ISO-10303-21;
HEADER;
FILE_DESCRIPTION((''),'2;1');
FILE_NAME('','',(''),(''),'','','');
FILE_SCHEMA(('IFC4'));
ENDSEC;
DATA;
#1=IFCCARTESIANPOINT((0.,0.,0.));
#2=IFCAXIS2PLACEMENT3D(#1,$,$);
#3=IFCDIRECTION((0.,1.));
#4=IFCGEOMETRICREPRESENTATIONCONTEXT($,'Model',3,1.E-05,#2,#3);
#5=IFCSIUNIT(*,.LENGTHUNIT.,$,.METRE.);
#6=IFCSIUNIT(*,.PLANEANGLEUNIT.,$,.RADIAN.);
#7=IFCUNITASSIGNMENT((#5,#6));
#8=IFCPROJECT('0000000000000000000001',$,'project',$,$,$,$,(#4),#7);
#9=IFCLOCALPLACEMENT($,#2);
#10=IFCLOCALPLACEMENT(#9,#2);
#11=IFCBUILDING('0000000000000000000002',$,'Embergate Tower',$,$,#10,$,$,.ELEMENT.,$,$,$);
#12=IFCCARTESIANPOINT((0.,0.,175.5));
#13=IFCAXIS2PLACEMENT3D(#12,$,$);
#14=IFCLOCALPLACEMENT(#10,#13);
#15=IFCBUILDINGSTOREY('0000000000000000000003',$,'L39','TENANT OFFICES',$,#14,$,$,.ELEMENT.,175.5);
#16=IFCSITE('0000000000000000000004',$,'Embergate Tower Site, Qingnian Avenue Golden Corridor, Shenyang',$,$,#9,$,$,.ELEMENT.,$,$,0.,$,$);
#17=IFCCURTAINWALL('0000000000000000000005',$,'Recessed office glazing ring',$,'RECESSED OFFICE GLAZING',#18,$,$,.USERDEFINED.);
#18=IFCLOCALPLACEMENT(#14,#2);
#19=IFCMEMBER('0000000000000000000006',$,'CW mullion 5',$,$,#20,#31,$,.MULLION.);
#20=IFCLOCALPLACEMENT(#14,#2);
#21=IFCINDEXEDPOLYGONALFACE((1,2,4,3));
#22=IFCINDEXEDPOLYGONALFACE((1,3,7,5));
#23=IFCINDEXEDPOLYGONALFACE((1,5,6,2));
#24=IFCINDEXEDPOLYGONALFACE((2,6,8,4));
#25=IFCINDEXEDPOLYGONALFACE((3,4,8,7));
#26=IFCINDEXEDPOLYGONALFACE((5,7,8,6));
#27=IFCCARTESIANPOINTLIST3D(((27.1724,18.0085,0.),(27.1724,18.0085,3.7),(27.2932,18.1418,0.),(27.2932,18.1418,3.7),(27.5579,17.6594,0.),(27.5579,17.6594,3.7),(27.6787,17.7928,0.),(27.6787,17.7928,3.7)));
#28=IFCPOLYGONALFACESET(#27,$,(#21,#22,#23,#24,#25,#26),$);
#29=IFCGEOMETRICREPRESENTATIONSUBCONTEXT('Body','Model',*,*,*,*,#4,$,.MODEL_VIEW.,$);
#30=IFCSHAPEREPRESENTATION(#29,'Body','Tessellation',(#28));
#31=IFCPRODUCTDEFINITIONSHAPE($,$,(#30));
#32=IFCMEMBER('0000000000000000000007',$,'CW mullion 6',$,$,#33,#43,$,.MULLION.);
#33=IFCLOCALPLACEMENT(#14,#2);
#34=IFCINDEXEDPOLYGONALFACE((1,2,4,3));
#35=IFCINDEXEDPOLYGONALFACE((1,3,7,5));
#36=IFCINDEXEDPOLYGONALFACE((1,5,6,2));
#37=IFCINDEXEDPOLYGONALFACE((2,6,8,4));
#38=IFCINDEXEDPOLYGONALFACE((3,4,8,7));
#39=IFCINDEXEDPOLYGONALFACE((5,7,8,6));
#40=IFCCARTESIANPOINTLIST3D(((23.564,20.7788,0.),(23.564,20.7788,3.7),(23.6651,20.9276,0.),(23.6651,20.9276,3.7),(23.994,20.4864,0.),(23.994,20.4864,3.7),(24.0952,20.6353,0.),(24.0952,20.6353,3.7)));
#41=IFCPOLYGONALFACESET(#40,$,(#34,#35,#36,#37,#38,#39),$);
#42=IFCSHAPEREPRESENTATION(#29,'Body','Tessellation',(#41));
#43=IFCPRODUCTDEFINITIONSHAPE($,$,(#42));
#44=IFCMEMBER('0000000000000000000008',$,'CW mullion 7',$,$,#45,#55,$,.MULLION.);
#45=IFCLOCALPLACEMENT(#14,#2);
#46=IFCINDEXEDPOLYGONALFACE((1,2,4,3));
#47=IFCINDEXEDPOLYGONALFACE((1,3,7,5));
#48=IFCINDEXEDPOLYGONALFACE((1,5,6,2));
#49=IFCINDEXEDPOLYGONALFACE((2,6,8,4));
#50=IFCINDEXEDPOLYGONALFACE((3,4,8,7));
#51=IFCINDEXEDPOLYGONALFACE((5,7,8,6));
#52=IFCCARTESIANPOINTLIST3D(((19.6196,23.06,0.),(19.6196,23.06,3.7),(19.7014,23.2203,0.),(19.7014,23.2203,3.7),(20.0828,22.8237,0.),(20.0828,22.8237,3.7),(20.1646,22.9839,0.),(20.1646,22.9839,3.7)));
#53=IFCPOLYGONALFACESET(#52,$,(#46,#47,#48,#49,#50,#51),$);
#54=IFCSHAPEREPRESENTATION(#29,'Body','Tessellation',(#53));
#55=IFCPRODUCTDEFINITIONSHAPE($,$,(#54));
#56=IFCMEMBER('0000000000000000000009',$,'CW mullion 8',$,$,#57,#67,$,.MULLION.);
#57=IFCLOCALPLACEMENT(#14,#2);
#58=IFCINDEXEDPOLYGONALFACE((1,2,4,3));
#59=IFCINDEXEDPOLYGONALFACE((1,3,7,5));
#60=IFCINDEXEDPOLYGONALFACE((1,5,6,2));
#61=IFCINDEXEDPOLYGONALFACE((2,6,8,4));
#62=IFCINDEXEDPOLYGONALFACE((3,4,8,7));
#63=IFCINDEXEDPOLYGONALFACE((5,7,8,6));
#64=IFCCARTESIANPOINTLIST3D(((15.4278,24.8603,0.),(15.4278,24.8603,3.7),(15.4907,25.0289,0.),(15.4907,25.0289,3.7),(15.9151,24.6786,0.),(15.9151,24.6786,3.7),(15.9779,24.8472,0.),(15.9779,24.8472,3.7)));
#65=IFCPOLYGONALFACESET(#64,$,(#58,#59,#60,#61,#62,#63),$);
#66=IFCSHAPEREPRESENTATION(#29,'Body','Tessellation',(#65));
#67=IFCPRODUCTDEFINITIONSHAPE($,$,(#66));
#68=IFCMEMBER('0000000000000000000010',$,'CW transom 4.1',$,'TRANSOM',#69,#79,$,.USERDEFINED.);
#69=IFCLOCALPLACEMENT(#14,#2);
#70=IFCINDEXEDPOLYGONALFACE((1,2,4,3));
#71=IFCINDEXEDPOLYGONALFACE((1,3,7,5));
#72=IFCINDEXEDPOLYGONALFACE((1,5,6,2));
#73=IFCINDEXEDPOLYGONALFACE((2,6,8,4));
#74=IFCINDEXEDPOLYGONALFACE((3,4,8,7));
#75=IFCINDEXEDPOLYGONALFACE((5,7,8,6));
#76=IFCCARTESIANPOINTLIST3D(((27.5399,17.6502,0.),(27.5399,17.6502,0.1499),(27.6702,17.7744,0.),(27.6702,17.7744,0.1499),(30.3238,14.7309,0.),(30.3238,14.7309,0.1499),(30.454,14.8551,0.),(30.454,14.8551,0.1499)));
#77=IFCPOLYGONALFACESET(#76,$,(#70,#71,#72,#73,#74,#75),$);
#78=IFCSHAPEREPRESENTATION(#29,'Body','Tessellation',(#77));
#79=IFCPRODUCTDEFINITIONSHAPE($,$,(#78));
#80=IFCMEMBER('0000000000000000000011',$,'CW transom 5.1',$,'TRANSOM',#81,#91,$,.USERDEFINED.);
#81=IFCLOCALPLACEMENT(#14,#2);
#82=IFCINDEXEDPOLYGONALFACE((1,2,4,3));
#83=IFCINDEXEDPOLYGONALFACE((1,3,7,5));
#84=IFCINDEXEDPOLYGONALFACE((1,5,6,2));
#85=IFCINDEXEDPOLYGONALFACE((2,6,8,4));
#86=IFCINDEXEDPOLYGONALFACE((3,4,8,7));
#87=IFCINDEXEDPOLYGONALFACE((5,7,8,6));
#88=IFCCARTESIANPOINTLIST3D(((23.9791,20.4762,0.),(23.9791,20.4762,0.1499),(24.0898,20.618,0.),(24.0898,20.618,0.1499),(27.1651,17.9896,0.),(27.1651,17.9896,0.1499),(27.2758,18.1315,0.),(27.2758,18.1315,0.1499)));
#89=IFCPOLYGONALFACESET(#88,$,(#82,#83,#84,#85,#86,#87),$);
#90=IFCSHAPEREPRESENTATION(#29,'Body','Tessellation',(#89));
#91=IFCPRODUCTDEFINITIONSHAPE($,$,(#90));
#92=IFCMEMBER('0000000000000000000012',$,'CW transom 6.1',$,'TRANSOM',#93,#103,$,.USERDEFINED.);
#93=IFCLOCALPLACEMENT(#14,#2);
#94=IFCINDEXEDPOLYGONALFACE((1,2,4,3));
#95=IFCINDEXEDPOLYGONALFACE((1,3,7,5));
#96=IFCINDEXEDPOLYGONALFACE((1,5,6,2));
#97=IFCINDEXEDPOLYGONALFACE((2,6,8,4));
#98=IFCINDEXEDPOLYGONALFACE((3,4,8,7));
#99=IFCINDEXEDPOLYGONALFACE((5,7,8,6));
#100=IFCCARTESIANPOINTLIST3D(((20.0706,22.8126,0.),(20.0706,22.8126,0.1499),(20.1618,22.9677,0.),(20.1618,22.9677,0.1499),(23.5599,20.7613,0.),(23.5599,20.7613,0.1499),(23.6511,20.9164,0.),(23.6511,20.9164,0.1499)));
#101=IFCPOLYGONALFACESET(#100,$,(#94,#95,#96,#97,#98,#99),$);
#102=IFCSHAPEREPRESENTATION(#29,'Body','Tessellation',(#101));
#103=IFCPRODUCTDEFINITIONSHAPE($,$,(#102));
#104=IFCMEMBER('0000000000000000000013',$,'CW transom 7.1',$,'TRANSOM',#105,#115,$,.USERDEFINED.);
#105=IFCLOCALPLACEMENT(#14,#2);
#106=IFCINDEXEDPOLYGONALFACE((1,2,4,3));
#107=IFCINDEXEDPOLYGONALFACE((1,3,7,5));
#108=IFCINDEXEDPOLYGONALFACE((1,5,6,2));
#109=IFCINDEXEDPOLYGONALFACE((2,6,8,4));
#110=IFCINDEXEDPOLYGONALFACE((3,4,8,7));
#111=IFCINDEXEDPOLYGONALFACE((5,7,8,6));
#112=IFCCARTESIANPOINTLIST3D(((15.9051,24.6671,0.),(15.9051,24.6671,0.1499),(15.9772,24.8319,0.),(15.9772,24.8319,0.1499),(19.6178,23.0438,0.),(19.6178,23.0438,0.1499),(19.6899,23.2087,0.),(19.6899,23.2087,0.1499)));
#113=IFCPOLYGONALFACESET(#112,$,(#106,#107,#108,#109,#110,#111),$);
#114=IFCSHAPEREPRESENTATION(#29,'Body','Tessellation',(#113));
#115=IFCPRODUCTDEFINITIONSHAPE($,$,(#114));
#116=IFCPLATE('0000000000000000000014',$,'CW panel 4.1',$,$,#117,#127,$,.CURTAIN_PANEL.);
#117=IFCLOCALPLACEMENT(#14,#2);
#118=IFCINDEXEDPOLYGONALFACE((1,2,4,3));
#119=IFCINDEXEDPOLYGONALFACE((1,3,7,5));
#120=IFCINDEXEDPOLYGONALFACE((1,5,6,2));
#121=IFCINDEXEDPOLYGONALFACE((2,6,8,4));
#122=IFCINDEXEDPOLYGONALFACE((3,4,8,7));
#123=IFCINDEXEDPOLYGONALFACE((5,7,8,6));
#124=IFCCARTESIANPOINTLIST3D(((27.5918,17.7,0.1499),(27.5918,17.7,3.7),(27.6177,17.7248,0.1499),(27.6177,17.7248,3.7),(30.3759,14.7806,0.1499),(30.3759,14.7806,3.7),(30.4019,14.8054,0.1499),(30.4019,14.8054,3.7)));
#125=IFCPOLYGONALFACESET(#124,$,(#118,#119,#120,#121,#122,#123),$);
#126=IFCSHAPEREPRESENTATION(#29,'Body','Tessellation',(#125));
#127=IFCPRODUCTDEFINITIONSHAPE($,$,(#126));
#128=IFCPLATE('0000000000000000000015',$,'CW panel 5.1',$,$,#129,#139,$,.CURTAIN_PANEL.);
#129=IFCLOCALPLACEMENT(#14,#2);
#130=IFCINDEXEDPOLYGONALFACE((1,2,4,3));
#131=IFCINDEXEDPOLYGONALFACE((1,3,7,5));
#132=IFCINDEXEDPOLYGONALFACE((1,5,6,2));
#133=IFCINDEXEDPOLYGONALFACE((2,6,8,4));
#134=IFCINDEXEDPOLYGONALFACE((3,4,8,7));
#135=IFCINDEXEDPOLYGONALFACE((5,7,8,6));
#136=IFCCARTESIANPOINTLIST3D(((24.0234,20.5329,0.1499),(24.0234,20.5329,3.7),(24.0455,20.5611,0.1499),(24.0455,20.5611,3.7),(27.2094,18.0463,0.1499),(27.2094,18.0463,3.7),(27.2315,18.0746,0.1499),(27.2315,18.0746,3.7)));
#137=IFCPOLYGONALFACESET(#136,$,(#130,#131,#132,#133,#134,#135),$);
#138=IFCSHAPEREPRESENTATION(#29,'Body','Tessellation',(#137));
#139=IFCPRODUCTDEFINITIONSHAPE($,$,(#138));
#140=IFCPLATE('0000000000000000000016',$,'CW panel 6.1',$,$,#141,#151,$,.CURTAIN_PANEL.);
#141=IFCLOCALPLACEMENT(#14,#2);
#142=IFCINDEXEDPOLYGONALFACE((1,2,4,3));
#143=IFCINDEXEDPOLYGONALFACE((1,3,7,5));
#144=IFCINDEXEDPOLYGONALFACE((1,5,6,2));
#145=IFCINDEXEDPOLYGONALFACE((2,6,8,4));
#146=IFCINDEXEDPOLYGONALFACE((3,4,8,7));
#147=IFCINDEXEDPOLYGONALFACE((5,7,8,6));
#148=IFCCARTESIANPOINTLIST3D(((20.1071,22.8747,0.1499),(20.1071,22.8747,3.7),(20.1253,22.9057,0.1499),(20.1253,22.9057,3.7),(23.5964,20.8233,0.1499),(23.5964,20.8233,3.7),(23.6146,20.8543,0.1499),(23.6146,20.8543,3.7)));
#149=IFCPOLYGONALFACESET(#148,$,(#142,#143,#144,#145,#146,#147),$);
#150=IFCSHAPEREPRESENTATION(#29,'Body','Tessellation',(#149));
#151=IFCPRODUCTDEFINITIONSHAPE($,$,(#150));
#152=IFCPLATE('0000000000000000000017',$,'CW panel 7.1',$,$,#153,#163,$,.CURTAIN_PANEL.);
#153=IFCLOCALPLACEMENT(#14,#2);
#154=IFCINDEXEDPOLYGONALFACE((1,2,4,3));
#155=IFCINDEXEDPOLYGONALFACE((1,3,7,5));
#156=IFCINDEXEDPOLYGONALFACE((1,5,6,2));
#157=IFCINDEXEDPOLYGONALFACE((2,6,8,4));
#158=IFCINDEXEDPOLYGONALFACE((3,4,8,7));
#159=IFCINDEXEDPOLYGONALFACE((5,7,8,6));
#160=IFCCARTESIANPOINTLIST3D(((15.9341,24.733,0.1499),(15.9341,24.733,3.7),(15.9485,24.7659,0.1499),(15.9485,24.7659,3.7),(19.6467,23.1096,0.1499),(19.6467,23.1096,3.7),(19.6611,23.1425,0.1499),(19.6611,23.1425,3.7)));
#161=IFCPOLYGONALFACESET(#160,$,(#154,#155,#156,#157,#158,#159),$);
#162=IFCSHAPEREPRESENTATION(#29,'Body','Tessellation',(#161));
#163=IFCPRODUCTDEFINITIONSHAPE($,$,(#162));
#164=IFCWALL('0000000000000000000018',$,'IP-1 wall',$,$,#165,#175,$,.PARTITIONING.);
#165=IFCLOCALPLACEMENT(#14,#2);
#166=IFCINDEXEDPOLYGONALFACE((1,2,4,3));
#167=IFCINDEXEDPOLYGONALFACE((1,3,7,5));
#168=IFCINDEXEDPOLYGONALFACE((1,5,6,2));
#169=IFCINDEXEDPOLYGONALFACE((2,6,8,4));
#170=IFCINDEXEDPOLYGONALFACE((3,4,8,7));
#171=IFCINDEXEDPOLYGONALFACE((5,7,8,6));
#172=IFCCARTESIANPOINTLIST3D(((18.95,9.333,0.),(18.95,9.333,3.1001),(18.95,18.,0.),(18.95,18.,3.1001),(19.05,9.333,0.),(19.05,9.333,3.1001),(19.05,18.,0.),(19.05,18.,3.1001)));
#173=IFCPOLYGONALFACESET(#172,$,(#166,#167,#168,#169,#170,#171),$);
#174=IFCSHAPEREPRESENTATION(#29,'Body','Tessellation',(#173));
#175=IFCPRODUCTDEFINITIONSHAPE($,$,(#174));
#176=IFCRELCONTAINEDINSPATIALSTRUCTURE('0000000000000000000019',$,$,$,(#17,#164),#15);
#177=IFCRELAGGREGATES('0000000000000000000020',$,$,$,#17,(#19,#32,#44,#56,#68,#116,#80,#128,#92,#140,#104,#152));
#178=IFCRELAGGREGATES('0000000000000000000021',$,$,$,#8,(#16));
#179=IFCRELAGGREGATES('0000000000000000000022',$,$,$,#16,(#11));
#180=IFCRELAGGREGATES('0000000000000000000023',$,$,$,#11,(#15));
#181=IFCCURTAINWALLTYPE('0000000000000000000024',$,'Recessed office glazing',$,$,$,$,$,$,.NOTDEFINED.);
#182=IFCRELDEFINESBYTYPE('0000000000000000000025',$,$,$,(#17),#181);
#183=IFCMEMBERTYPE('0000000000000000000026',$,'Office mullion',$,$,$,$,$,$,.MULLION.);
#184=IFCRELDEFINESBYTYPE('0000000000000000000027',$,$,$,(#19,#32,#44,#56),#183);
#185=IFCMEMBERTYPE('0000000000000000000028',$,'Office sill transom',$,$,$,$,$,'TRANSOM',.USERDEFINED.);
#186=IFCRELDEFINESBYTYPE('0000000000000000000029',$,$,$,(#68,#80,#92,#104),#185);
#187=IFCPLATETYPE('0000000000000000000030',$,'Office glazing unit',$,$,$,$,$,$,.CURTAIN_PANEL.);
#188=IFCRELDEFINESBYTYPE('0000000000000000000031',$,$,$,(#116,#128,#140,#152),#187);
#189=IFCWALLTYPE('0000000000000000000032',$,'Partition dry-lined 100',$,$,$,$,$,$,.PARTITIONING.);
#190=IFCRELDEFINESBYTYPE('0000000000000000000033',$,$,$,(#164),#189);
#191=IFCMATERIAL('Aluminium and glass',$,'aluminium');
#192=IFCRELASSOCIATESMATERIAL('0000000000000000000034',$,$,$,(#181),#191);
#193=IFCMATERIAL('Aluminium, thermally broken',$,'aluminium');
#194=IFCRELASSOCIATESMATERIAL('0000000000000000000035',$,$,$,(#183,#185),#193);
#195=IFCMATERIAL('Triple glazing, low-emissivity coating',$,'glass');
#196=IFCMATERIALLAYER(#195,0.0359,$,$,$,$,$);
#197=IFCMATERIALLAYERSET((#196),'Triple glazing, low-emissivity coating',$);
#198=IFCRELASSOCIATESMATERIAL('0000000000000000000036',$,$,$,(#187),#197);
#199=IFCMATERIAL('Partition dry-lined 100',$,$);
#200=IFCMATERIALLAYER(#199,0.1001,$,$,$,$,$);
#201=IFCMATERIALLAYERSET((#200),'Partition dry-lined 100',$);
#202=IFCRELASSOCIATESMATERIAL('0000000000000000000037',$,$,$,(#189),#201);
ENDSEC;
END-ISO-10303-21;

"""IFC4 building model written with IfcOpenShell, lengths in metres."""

from ifc_helpers import new_model, si_unit, direction, frame, frame_2d, origin, origin_2d, place, context, subcontext, project, spatial, rectangle, extrude, source, transform, mapped, material, layer, layer_set, material_profile, profile_set, type_object, element, aggregate, save


model = new_model("IFC4")

# Units and contexts
model_context = context("Model", 3, precision=1e-05, world=origin(), true_north=direction((0.0, 1.0)))
body_context = subcontext(model_context, "Body", "Model", "MODEL_VIEW")
ifc_project = project(units=[si_unit("LENGTHUNIT", "METRE"), si_unit("PLANEANGLEUNIT", "RADIAN")], contexts=[model_context])

# Site, building, storey
site_placement = place(None, origin())
site = spatial("IfcSite", under=ifc_project, at=site_placement, Name="Embergate Tower Site, Qingnian Avenue Golden Corridor, Shenyang", CompositionType="ELEMENT", RefElevation=0.0)
building_placement = place(site_placement, origin())
building = spatial("IfcBuilding", under=site, at=building_placement, Name="Embergate Tower", CompositionType="ELEMENT")
storey_placement = place(building_placement, frame((0.0, 0.0, 175.5)))
storey = spatial("IfcBuildingStorey", under=building, at=storey_placement, Name="L39", Description="TENANT OFFICES", CompositionType="ELEMENT", Elevation=175.5)

# Curtain wall, members, plates
ifc_material_1 = material(Name="Aluminium and glass", Category="aluminium")
curtain_wall_type = type_object("IfcCurtainWallType", Name="Recessed office glazing", PredefinedType="NOTDEFINED", material=ifc_material_1)
curtain_wall_placement = place(storey_placement, origin())
curtain_wall = element("IfcCurtainWall", 1, at=curtain_wall_placement, inside=storey, type_object=curtain_wall_type, Name="Recessed office glazing ring", ObjectType="RECESSED OFFICE GLAZING", PredefinedType="USERDEFINED")
ifc_material_2 = material(Name="Aluminium, thermally broken", Category="aluminium")
ifc_material_profile_1 = material_profile(ifc_material_2, rectangle(XDim=0.1799, YDim=0.52, at=origin_2d()), Name="AL 520x180")
ifc_profile_set_1 = profile_set([ifc_material_profile_1], Name="Aluminium, thermally broken")
member_type_1 = type_object("IfcMemberType", Name="Office mullion", PredefinedType="MULLION", material=ifc_profile_set_1)
shared_shape_1 = source(origin(), body_context, "Body", "SweptSolid", [
    extrude(rectangle(XDim=0.1799, YDim=0.52, at=origin_2d()), origin(), (0.0, 0.0, 1.0), 3.7),
])
member_1_placement = place(storey_placement, frame((27.4255, 17.9006, 0.0), z_axis=(0.0, 0.0, 1.0), x_axis=(-0.671221, -0.741257, 0.0)))
member_1 = element("IfcMember", 2, at=member_1_placement, type_object=member_type_1, Name="CW mullion 5", PredefinedType="MULLION", context=body_context, shape_type="MappedRepresentation", body=[
    mapped(shared_shape_1, transform((0.0, 0.0, 0.0))),
])
member_2_placement = place(storey_placement, frame((23.8296, 20.707, 0.0), z_axis=(0.0, 0.0, 1.0), x_axis=(-0.56221, -0.826994, 0.0)))
member_2 = element("IfcMember", 3, at=member_2_placement, type_object=member_type_1, Name="CW mullion 6", PredefinedType="MULLION", context=body_context, shape_type="MappedRepresentation", body=[
    mapped(shared_shape_1, transform((0.0, 0.0, 0.0))),
])
member_3_placement = place(storey_placement, frame((19.8921, 23.022, 0.0), z_axis=(0.0, 0.0, 1.0), x_axis=(-0.454505, -0.890744, 0.0)))
member_3 = element("IfcMember", 4, at=member_3_placement, type_object=member_type_1, Name="CW mullion 7", PredefinedType="MULLION", context=body_context, shape_type="MappedRepresentation", body=[
    mapped(shared_shape_1, transform((0.0, 0.0, 0.0))),
])
member_4_placement = place(storey_placement, frame((15.7029, 24.8538, 0.0), z_axis=(0.0, 0.0, 1.0), x_axis=(-0.349498, -0.936937, 0.0)))
member_4 = element("IfcMember", 5, at=member_4_placement, type_object=member_type_1, Name="CW mullion 8", PredefinedType="MULLION", context=body_context, shape_type="MappedRepresentation", body=[
    mapped(shared_shape_1, transform((0.0, 0.0, 0.0))),
])
ifc_material_profile_2 = material_profile(ifc_material_2, rectangle(XDim=0.1799, YDim=0.1499, at=origin_2d()), Name="AL 150x180")
ifc_profile_set_2 = profile_set([ifc_material_profile_2], Name="Aluminium, thermally broken")
member_type_2 = type_object("IfcMemberType", Name="Office sill transom", ElementType="TRANSOM", PredefinedType="USERDEFINED", material=ifc_profile_set_2)
shared_shape_2 = source(origin(), body_context, "Body", "SweptSolid", [
    extrude(rectangle(XDim=0.1799, YDim=0.1499, at=origin_2d()), origin(), (0.0, 0.0, 1.0), 4.0339),
])
member_5_placement = place(storey_placement, frame((30.3889, 14.793, 0.075), z_axis=(-0.690113, 0.723702, 0.0), x_axis=(-0.723702, -0.690113, 0.0)))
member_5 = element("IfcMember", 6, at=member_5_placement, type_object=member_type_2, Name="CW transom 4.1", ObjectType="TRANSOM", PredefinedType="USERDEFINED", context=body_context, shape_type="MappedRepresentation", body=[
    mapped(shared_shape_2, transform((0.0, 0.0, 0.0))),
])
shared_shape_3 = source(origin(), body_context, "Body", "SweptSolid", [
    extrude(rectangle(XDim=0.1799, YDim=0.1499, at=origin_2d()), origin(), (0.0, 0.0, 1.0), 4.0415),
])
member_6_placement = place(storey_placement, frame((27.2205, 18.0605, 0.075), z_axis=(-0.788327, 0.615257, 0.0), x_axis=(-0.615257, -0.788327, 0.0)))
member_6 = element("IfcMember", 7, at=member_6_placement, type_object=member_type_2, Name="CW transom 5.1", ObjectType="TRANSOM", PredefinedType="USERDEFINED", context=body_context, shape_type="MappedRepresentation", body=[
    mapped(shared_shape_3, transform((0.0, 0.0, 0.0))),
])
shared_shape_4 = source(origin(), body_context, "Body", "SweptSolid", [
    extrude(rectangle(XDim=0.1799, YDim=0.1499, at=origin_2d()), origin(), (0.0, 0.0, 1.0), 4.0476),
])
member_7_placement = place(storey_placement, frame((23.6055, 20.8389, 0.075), z_axis=(-0.862068, 0.506793, 0.0), x_axis=(-0.506793, -0.862068, 0.0)))
member_7 = element("IfcMember", 8, at=member_7_placement, type_object=member_type_2, Name="CW transom 6.1", ObjectType="TRANSOM", PredefinedType="USERDEFINED", context=body_context, shape_type="MappedRepresentation", body=[
    mapped(shared_shape_4, transform((0.0, 0.0, 0.0))),
])
shared_shape_5 = source(origin(), body_context, "Body", "SweptSolid", [
    extrude(rectangle(XDim=0.1799, YDim=0.1499, at=origin_2d()), origin(), (0.0, 0.0, 1.0), 4.052),
])
member_8_placement = place(storey_placement, frame((19.6538, 23.1262, 0.075), z_axis=(-0.916247, 0.400613, 0.0), x_axis=(-0.400613, -0.916247, 0.0)))
member_8 = element("IfcMember", 9, at=member_8_placement, type_object=member_type_2, Name="CW transom 7.1", ObjectType="TRANSOM", PredefinedType="USERDEFINED", context=body_context, shape_type="MappedRepresentation", body=[
    mapped(shared_shape_5, transform((0.0, 0.0, 0.0))),
])
ifc_material_3 = material(Name="Triple glazing, low-emissivity coating", Category="glass")
ifc_layer_1 = layer(ifc_material_3, 0.0359)
ifc_layer_set_1 = layer_set([ifc_layer_1], Name="Triple glazing, low-emissivity coating")
plate_type = type_object("IfcPlateType", Name="Office glazing unit", PredefinedType="CURTAIN_PANEL", material=ifc_layer_set_1)
shared_shape_6 = source(origin(), body_context, "Body", "SweptSolid", [
    extrude(rectangle(XDim=4.0342, YDim=0.0359, at=origin_2d()), origin(), (0.0, 0.0, 1.0), 3.55),
])
plate_1_placement = place(storey_placement, frame((28.9968, 16.2527, 0.1499), z_axis=(0.0, 0.0, 1.0), x_axis=(-0.69014, 0.723676, 0.0)))
plate_1 = element("IfcPlate", 10, at=plate_1_placement, type_object=plate_type, Name="CW panel 4.1", PredefinedType="CURTAIN_PANEL", context=body_context, shape_type="MappedRepresentation", body=[
    mapped(shared_shape_6, transform((0.0, 0.0, 0.0))),
])
shared_shape_7 = source(origin(), body_context, "Body", "SweptSolid", [
    extrude(rectangle(XDim=4.0415, YDim=0.0359, at=origin_2d()), origin(), (0.0, 0.0, 1.0), 3.55),
])
plate_2_placement = place(storey_placement, frame((25.6274, 19.3037, 0.1499), z_axis=(0.0, 0.0, 1.0), x_axis=(-0.788324, 0.61526, 0.0)))
plate_2 = element("IfcPlate", 11, at=plate_2_placement, type_object=plate_type, Name="CW panel 5.1", PredefinedType="CURTAIN_PANEL", context=body_context, shape_type="MappedRepresentation", body=[
    mapped(shared_shape_7, transform((0.0, 0.0, 0.0))),
])
shared_shape_8 = source(origin(), body_context, "Body", "SweptSolid", [
    extrude(rectangle(XDim=4.0476, YDim=0.0359, at=origin_2d()), origin(), (0.0, 0.0, 1.0), 3.55),
])
plate_3_placement = place(storey_placement, frame((21.8608, 21.8645, 0.1499), z_axis=(0.0, 0.0, 1.0), x_axis=(-0.862056, 0.506813, 0.0)))
plate_3 = element("IfcPlate", 12, at=plate_3_placement, type_object=plate_type, Name="CW panel 6.1", PredefinedType="CURTAIN_PANEL", context=body_context, shape_type="MappedRepresentation", body=[
    mapped(shared_shape_8, transform((0.0, 0.0, 0.0))),
])
shared_shape_9 = source(origin(), body_context, "Body", "SweptSolid", [
    extrude(rectangle(XDim=4.052, YDim=0.0359, at=origin_2d()), origin(), (0.0, 0.0, 1.0), 3.55),
])
plate_4_placement = place(storey_placement, frame((17.7976, 23.9377, 0.1499), z_axis=(0.0, 0.0, 1.0), x_axis=(-0.916238, 0.400634, 0.0)))
plate_4 = element("IfcPlate", 13, at=plate_4_placement, type_object=plate_type, Name="CW panel 7.1", PredefinedType="CURTAIN_PANEL", context=body_context, shape_type="MappedRepresentation", body=[
    mapped(shared_shape_9, transform((0.0, 0.0, 0.0))),
])
aggregate(curtain_wall, [member_1, member_2, member_3, member_4, member_5, plate_1, member_6, plate_2, member_7, plate_3, member_8, plate_4])

# Wall
ifc_material_4 = material(Name="Partition dry-lined 100")
ifc_layer_2 = layer(ifc_material_4, 0.1001)
ifc_layer_set_2 = layer_set([ifc_layer_2], Name="Partition dry-lined 100")
wall_type = type_object("IfcWallType", Name="Partition dry-lined 100", PredefinedType="PARTITIONING", material=ifc_layer_set_2)
shared_shape_10 = source(origin(), body_context, "Body", "SweptSolid", [
    extrude(rectangle(XDim=8.667, YDim=0.1001, at=frame_2d((4.3335, 0.0))), origin(), (0.0, 0.0, 1.0), 3.1001),
])
wall_placement = place(storey_placement, frame((19.0, 18.0, 0.0), z_axis=(0.0, 0.0, 1.0), x_axis=(0.0, -1.0, 0.0)))
element("IfcWall", 14, at=wall_placement, inside=storey, type_object=wall_type, Name="IP-1 wall", PredefinedType="PARTITIONING", context=body_context, shape_type="MappedRepresentation", body=[
    mapped(shared_shape_10, transform((0.0, 0.0, 0.0))),
])

save(model, "model.ifc")
